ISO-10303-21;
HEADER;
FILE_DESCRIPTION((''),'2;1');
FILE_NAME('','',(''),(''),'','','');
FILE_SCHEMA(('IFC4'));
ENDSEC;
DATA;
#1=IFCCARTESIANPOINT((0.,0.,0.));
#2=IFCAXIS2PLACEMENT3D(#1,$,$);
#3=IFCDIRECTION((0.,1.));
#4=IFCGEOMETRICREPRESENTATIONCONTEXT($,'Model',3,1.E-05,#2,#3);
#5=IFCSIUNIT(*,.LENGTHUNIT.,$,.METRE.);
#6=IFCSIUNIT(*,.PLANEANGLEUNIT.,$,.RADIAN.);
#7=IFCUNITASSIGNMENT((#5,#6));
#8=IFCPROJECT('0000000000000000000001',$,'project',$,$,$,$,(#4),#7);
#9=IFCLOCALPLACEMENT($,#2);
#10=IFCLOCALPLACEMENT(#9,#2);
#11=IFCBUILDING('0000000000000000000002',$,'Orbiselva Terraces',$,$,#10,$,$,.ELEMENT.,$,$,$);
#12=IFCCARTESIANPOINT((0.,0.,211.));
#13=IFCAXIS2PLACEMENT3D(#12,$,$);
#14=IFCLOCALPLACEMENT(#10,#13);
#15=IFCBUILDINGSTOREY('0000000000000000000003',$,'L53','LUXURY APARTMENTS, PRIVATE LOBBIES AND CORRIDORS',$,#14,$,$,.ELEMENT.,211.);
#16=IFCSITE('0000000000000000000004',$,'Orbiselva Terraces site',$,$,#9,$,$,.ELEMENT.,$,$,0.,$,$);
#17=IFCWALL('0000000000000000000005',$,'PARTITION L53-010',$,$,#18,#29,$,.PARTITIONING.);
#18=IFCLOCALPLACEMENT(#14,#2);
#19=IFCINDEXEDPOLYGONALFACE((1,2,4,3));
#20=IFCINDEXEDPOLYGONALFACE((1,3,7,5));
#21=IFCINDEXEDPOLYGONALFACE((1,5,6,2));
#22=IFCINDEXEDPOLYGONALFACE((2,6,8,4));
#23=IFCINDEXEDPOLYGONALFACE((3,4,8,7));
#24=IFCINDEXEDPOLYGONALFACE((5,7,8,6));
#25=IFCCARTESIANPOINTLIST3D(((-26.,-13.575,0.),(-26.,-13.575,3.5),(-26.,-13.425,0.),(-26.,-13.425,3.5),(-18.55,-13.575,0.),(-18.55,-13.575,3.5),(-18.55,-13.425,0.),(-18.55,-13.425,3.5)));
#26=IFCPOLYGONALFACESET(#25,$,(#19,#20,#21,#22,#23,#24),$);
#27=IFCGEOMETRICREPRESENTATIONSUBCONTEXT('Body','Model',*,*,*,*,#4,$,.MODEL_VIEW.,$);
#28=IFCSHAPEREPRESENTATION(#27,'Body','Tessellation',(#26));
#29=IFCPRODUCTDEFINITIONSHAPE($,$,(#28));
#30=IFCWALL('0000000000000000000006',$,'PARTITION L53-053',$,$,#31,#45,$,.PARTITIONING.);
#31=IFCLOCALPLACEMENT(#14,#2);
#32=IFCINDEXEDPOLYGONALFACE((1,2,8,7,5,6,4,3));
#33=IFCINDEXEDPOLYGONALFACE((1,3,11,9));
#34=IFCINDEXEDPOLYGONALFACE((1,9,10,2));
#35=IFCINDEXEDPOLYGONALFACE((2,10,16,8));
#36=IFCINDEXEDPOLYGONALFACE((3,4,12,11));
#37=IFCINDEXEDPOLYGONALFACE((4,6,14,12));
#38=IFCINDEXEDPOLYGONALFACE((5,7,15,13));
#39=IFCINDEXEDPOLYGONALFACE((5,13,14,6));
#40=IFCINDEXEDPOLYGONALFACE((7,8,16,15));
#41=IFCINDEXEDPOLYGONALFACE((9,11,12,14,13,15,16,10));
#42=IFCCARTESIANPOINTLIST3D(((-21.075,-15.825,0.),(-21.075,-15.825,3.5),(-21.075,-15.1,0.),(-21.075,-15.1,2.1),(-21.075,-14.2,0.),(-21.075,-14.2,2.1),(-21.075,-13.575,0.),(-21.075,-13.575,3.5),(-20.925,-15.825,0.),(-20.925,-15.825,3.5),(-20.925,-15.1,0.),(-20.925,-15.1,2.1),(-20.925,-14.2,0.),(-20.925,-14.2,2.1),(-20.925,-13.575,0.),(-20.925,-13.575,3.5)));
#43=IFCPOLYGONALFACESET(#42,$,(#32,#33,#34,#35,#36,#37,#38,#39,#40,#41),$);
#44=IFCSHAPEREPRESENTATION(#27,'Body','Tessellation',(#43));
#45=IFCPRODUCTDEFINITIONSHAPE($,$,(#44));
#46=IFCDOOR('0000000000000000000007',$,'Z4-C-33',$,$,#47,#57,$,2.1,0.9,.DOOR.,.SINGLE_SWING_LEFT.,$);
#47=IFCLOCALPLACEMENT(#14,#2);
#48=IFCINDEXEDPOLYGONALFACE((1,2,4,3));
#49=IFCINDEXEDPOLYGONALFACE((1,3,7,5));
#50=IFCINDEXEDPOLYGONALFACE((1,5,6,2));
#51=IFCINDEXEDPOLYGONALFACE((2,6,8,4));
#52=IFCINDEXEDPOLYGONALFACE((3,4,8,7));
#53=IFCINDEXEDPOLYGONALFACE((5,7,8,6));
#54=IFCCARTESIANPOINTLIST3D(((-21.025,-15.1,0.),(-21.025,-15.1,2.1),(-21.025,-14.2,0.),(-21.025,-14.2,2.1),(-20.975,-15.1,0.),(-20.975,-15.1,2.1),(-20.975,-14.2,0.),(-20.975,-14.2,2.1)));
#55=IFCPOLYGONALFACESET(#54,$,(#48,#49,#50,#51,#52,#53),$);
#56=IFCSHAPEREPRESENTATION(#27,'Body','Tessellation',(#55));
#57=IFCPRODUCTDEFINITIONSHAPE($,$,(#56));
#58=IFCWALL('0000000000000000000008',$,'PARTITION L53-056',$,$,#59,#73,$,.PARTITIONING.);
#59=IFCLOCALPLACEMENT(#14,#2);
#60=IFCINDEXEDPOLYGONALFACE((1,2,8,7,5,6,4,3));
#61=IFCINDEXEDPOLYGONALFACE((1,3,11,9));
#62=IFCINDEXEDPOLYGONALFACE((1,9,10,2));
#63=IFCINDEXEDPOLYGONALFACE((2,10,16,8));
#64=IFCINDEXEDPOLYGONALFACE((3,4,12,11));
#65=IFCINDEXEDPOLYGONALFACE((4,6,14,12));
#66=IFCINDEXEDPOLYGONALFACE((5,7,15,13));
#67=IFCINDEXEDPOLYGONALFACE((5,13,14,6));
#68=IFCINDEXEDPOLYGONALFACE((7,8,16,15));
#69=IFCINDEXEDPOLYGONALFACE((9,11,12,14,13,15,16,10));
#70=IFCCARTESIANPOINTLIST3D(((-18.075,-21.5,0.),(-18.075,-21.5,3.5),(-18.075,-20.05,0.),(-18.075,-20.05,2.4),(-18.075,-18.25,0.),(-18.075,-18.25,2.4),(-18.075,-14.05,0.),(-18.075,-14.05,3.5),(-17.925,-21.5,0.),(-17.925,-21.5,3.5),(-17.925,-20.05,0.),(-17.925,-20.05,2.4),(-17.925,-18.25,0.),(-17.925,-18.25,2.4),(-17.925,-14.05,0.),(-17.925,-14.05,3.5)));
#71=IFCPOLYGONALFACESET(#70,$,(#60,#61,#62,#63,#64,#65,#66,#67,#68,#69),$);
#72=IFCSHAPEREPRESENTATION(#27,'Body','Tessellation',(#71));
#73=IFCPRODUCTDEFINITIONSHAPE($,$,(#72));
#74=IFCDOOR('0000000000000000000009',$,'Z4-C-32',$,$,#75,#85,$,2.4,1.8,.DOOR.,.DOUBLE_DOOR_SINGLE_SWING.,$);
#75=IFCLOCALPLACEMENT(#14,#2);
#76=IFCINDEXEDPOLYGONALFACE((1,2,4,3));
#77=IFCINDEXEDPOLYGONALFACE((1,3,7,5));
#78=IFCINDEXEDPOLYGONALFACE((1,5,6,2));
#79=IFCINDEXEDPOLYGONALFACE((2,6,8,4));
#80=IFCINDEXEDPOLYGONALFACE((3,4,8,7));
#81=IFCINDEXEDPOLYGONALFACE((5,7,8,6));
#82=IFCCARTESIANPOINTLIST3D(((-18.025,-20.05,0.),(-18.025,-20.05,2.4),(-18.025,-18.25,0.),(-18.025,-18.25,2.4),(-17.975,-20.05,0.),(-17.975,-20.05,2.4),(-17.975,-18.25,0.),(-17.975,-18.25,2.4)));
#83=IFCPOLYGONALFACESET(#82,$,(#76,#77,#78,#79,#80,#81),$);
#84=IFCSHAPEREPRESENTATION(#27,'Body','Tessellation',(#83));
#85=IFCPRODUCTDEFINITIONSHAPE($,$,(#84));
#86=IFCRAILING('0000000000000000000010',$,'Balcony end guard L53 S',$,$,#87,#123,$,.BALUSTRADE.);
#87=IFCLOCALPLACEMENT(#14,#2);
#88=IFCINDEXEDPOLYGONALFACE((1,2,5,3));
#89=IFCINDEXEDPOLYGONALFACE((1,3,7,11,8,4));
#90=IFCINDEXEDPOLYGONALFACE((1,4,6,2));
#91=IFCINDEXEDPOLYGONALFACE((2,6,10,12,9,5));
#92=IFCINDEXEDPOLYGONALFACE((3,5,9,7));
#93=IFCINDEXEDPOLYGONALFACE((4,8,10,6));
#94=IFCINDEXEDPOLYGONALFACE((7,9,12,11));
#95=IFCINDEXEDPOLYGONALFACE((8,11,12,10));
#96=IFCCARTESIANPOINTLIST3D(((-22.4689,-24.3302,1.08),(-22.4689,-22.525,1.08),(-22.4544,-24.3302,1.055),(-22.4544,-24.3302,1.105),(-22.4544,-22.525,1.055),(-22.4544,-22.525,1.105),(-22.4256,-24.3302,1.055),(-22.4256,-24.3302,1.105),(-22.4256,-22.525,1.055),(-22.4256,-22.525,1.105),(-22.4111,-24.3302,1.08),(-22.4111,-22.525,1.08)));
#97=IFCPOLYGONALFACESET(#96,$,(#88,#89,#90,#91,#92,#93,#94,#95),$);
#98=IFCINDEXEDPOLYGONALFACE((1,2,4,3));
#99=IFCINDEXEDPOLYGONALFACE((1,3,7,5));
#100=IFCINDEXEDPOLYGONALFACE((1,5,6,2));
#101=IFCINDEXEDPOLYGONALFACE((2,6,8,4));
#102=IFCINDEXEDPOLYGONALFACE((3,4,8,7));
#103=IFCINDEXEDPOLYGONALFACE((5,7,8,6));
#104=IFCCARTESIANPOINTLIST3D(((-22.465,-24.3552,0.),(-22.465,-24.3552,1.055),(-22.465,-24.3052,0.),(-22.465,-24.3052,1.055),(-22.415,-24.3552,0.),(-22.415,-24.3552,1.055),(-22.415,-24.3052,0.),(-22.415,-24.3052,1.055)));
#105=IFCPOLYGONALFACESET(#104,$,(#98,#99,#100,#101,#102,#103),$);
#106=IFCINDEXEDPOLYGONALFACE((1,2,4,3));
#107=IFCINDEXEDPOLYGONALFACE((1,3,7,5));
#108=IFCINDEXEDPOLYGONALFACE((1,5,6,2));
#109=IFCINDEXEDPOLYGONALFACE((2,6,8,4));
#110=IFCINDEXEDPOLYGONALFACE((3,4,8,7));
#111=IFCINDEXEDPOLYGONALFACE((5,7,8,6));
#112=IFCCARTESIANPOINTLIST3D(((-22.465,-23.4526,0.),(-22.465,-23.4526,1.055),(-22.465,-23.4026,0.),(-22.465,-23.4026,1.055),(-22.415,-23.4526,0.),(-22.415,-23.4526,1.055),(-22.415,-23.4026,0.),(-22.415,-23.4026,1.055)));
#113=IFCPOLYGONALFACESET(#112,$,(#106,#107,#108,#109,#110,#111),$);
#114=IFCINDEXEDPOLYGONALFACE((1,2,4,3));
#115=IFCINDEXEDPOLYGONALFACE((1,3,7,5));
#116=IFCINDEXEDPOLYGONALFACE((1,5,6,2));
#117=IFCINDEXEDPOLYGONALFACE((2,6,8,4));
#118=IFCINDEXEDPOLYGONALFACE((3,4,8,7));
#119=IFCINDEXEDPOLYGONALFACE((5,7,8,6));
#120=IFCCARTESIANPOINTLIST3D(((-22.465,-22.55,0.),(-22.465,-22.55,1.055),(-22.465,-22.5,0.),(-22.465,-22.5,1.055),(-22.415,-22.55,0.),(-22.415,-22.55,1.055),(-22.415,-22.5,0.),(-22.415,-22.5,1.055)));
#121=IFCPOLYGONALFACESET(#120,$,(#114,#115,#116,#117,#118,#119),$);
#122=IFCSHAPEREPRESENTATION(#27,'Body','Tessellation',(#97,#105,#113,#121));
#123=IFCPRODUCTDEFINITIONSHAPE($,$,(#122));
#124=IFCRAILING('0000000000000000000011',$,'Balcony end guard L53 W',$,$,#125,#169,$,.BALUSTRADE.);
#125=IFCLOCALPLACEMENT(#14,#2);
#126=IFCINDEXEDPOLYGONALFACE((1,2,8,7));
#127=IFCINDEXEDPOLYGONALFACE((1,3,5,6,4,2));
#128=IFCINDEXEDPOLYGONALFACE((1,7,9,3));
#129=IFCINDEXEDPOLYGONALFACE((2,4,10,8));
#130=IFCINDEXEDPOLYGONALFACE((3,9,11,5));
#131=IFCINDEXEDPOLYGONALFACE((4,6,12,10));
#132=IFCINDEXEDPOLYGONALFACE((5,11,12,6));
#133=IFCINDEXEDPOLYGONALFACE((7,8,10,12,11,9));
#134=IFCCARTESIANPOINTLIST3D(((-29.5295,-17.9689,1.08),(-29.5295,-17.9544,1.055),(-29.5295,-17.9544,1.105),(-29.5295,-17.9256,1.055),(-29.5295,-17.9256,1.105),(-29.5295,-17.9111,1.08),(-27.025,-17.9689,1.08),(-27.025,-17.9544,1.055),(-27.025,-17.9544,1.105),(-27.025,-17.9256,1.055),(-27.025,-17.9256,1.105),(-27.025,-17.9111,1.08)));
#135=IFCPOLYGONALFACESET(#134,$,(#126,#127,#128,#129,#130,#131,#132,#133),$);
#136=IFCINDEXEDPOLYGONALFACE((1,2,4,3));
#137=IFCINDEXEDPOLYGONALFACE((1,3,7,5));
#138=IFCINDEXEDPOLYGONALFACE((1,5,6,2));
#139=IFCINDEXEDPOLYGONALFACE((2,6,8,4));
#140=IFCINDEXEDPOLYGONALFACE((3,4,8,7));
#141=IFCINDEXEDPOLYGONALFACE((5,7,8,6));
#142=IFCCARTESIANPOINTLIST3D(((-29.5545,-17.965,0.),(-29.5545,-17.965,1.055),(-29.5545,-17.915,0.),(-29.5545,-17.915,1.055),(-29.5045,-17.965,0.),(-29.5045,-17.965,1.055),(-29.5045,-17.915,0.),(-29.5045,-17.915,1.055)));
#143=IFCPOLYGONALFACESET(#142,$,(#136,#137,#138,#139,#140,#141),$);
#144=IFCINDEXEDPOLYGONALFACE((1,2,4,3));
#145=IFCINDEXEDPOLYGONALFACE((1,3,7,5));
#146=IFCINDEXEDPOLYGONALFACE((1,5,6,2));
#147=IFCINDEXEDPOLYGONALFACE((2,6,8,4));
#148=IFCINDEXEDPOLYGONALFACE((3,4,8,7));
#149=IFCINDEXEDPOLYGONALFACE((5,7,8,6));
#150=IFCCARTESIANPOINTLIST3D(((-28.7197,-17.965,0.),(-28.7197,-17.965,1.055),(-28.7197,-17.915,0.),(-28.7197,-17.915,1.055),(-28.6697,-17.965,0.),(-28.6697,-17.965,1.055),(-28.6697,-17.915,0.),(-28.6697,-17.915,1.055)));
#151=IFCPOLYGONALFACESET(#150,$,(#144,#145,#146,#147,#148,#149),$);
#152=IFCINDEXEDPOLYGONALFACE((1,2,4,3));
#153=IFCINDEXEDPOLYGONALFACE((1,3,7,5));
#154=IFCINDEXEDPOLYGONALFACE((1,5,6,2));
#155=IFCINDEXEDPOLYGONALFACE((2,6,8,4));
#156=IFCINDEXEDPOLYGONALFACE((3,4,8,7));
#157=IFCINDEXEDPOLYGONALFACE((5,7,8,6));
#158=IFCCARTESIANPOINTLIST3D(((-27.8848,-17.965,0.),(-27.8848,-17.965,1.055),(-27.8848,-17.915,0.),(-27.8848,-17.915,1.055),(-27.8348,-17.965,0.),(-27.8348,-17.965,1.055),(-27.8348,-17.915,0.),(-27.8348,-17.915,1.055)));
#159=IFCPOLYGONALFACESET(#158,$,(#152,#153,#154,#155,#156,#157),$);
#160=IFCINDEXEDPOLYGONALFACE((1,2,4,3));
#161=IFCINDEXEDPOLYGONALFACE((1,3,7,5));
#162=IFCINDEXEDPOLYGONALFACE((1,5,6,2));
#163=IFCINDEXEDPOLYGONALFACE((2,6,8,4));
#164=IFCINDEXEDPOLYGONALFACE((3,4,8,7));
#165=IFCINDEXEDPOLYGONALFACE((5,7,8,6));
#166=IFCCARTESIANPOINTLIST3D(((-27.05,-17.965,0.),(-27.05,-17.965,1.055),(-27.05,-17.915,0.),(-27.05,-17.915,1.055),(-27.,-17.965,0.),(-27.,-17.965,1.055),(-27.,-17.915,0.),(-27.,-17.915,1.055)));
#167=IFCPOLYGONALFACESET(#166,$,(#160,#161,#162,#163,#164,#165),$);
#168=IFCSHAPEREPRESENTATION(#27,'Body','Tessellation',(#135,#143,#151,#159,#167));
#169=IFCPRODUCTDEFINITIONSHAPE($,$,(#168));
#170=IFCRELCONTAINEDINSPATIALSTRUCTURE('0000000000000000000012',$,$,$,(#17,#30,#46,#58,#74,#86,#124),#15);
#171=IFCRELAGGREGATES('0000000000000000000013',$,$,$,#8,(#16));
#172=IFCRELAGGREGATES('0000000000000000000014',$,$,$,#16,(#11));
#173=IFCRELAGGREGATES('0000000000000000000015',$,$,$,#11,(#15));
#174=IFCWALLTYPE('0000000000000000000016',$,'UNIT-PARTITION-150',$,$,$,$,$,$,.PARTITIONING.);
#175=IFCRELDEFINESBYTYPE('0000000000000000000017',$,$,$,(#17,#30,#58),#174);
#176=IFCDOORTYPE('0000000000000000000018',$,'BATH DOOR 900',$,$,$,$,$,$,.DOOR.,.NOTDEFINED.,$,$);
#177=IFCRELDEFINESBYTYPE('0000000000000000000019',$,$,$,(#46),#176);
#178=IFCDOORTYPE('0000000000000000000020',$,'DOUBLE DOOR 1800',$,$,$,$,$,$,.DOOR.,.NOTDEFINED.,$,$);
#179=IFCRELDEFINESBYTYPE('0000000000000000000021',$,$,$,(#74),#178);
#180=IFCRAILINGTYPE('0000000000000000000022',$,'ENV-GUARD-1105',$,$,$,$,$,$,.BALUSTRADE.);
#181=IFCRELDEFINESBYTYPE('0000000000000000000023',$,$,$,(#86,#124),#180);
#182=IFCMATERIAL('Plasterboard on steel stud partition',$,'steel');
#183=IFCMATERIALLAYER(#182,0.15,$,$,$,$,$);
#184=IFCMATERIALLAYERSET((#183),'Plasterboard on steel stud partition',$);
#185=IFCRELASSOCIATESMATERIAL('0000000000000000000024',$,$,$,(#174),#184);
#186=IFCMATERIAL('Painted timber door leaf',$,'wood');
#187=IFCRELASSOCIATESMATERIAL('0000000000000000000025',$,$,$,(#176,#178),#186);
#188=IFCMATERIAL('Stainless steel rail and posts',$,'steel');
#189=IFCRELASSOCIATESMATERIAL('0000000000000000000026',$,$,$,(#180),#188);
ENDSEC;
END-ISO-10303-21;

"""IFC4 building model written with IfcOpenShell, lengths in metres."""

from ifc_helpers import new_model, si_unit, direction, frame, frame_2d, origin, origin_2d, place, context, subcontext, project, spatial, polyline, rectangle, outline, extrude, material, layer, layer_set, type_object, element, fill, save


model = new_model("IFC4")

# Units and contexts
model_context = context("Model", 3, precision=1e-05, world=origin(), true_north=direction((0.0, 1.0)))
body_context = subcontext(model_context, "Body", "Model", "MODEL_VIEW")
ifc_project = project(units=[si_unit("LENGTHUNIT", "METRE"), si_unit("PLANEANGLEUNIT", "RADIAN")], contexts=[model_context])

# Site, building, storey
site_placement = place(None, origin())
site = spatial("IfcSite", under=ifc_project, at=site_placement, Name="Orbiselva Terraces site", CompositionType="ELEMENT", RefElevation=0.0)
building_placement = place(site_placement, origin())
building = spatial("IfcBuilding", under=site, at=building_placement, Name="Orbiselva Terraces", CompositionType="ELEMENT")
storey_placement = place(building_placement, frame((0.0, 0.0, 211.0)))
storey = spatial("IfcBuildingStorey", under=building, at=storey_placement, Name="L53", Description="LUXURY APARTMENTS, PRIVATE LOBBIES AND CORRIDORS", CompositionType="ELEMENT", Elevation=211.0)

# Wall
ifc_material_1 = material(Name="Plasterboard on steel stud partition", Category="steel")
ifc_layer_1 = layer(ifc_material_1, 0.15)
ifc_layer_set_1 = layer_set([ifc_layer_1], Name="Plasterboard on steel stud partition")
wall_type_1 = type_object("IfcWallType", Name="UNIT-PARTITION-150", PredefinedType="PARTITIONING", material=ifc_layer_set_1)
wall_1_placement = place(storey_placement, frame((-26.0, -13.5, 0.0), z_axis=(0.0, 0.0, 1.0), x_axis=(1.0, 0.0, 0.0)))
element("IfcWall", 1, at=wall_1_placement, inside=storey, type_object=wall_type_1, Name="PARTITION L53-010", PredefinedType="PARTITIONING", context=body_context, shape_type="SweptSolid", body=[
    extrude(rectangle(XDim=7.45, YDim=0.15, at=frame_2d((3.725, 0.0))), origin(), (0.0, 0.0, 1.0), 3.5),
])

# Walls, openings, doors
wall_2_placement = place(storey_placement, frame((-21.0, -13.575, 0.0), z_axis=(0.0, 0.0, 1.0), x_axis=(0.0, -1.0, 0.0)))
wall_2 = element("IfcWall", 2, at=wall_2_placement, inside=storey, type_object=wall_type_1, Name="PARTITION L53-053", PredefinedType="PARTITIONING", context=body_context, shape_type="SweptSolid", body=[
    extrude(rectangle(XDim=2.25, YDim=0.15, at=frame_2d((1.125, 0.0))), origin(), (0.0, 0.0, 1.0), 3.5),
])
opening_1_placement = place(wall_2_placement, frame((0.625, 0.0, 0.0)))
opening_1 = element("IfcOpeningElement", 3, at=opening_1_placement, cuts=wall_2, PredefinedType="OPENING", context=body_context, shape_type="SweptSolid", body=[
    extrude(rectangle(XDim=0.9, YDim=2.1, at=frame_2d((0.45, 1.05))), frame((0.0, 0.085, 0.0), z_axis=(0.0, -1.0, 0.0), x_axis=(1.0, 0.0, 0.0)), (0.0, 0.0, 1.0), 0.17),
])
ifc_material_2 = material(Name="Painted timber door leaf", Category="wood")
door_type_1 = type_object("IfcDoorType", Name="BATH DOOR 900", OperationType="NOTDEFINED", PredefinedType="DOOR", material=ifc_material_2)
door_1_placement = place(opening_1_placement, origin())
door_1 = element("IfcDoor", 4, at=door_1_placement, inside=storey, type_object=door_type_1, Name="Z4-C-33", OperationType="SINGLE_SWING_LEFT", OverallHeight=2.1, OverallWidth=0.9, PredefinedType="DOOR", context=body_context, shape_type="SweptSolid", body=[
    extrude(rectangle(XDim=0.9, YDim=2.1, at=frame_2d((0.45, 1.05))), frame((0.0, 0.025, 0.0), z_axis=(0.0, -1.0, 0.0), x_axis=(1.0, 0.0, 0.0)), (0.0, 0.0, 1.0), 0.05),
])
fill(opening_1, door_1)
wall_3_placement = place(storey_placement, frame((-18.0, -21.5, 0.0), z_axis=(0.0, 0.0, 1.0), x_axis=(0.0, 1.0, 0.0)))
wall_3 = element("IfcWall", 5, at=wall_3_placement, inside=storey, type_object=wall_type_1, Name="PARTITION L53-056", PredefinedType="PARTITIONING", context=body_context, shape_type="SweptSolid", body=[
    extrude(rectangle(XDim=7.45, YDim=0.15, at=frame_2d((3.725, 0.0))), origin(), (0.0, 0.0, 1.0), 3.5),
])
opening_2_placement = place(wall_3_placement, frame((1.45, 0.0, 0.0)))
opening_2 = element("IfcOpeningElement", 6, at=opening_2_placement, cuts=wall_3, PredefinedType="OPENING", context=body_context, shape_type="SweptSolid", body=[
    extrude(rectangle(XDim=1.8, YDim=2.4, at=frame_2d((0.9, 1.2))), frame((0.0, 0.085, 0.0), z_axis=(0.0, -1.0, 0.0), x_axis=(1.0, 0.0, 0.0)), (0.0, 0.0, 1.0), 0.17),
])
door_type_2 = type_object("IfcDoorType", Name="DOUBLE DOOR 1800", OperationType="NOTDEFINED", PredefinedType="DOOR", material=ifc_material_2)
door_2_placement = place(opening_2_placement, origin())
door_2 = element("IfcDoor", 7, at=door_2_placement, inside=storey, type_object=door_type_2, Name="Z4-C-32", OperationType="DOUBLE_DOOR_SINGLE_SWING", OverallHeight=2.4, OverallWidth=1.8, PredefinedType="DOOR", context=body_context, shape_type="SweptSolid", body=[
    extrude(rectangle(XDim=1.8, YDim=2.4, at=frame_2d((0.9, 1.2))), frame((0.0, 0.025, 0.0), z_axis=(0.0, -1.0, 0.0), x_axis=(1.0, 0.0, 0.0)), (0.0, 0.0, 1.0), 0.05),
])
fill(opening_2, door_2)

# Railings
ifc_material_3 = material(Name="Stainless steel rail and posts", Category="steel")
railing_type_1 = type_object("IfcRailingType", Name="ENV-GUARD-1105", PredefinedType="BALUSTRADE", material=ifc_material_3)
railing_1_placement = place(storey_placement, frame((-22.44, -24.3302, 0.0)))
element("IfcRailing", 8, at=railing_1_placement, inside=storey, type_object=railing_type_1, Name="Balcony end guard L53 S", PredefinedType="BALUSTRADE", context=body_context, shape_type="SweptSolid", body=[
    extrude(outline(polyline([(0.0289, 0.0), (0.0144, 0.025), (-0.0144, 0.025), (-0.0289, 0.0), (-0.0144, -0.025), (0.0144, -0.025), (0.0289, 0.0)])), frame((0.0, 0.0, 1.08), z_axis=(0.0, 1.0, 0.0), x_axis=(-1.0, 0.0, 0.0)), (0.0, 0.0, 1.0), 1.8052),
    extrude(rectangle(XDim=0.05, YDim=0.05, at=origin_2d()), origin(), (0.0, 0.0, 1.0), 1.055),
    extrude(rectangle(XDim=0.05, YDim=0.05, at=origin_2d()), frame((0.0, 0.9026, 0.0)), (0.0, 0.0, 1.0), 1.055),
    extrude(rectangle(XDim=0.05, YDim=0.05, at=origin_2d()), frame((0.0, 1.8052, 0.0)), (0.0, 0.0, 1.0), 1.055),
])
railing_2_placement = place(storey_placement, frame((-29.5295, -17.94, 0.0)))
element("IfcRailing", 9, at=railing_2_placement, inside=storey, type_object=railing_type_1, Name="Balcony end guard L53 W", PredefinedType="BALUSTRADE", context=body_context, shape_type="SweptSolid", body=[
    extrude(outline(polyline([(0.0289, 0.0), (0.0144, 0.025), (-0.0144, 0.025), (-0.0289, 0.0), (-0.0144, -0.025), (0.0144, -0.025), (0.0289, 0.0)])), frame((0.0, 0.0, 1.08), z_axis=(1.0, 0.0, 0.0), x_axis=(0.0, 1.0, 0.0)), (0.0, 0.0, 1.0), 2.5045),
    extrude(rectangle(XDim=0.05, YDim=0.05, at=origin_2d()), origin(), (0.0, 0.0, 1.0), 1.055),
    extrude(rectangle(XDim=0.05, YDim=0.05, at=origin_2d()), frame((0.8348, 0.0, 0.0)), (0.0, 0.0, 1.0), 1.055),
    extrude(rectangle(XDim=0.05, YDim=0.05, at=origin_2d()), frame((1.6697, 0.0, 0.0)), (0.0, 0.0, 1.0), 1.055),
    extrude(rectangle(XDim=0.05, YDim=0.05, at=origin_2d()), frame((2.5045, 0.0, 0.0)), (0.0, 0.0, 1.0), 1.055),
])

save(model, "model.ifc")
